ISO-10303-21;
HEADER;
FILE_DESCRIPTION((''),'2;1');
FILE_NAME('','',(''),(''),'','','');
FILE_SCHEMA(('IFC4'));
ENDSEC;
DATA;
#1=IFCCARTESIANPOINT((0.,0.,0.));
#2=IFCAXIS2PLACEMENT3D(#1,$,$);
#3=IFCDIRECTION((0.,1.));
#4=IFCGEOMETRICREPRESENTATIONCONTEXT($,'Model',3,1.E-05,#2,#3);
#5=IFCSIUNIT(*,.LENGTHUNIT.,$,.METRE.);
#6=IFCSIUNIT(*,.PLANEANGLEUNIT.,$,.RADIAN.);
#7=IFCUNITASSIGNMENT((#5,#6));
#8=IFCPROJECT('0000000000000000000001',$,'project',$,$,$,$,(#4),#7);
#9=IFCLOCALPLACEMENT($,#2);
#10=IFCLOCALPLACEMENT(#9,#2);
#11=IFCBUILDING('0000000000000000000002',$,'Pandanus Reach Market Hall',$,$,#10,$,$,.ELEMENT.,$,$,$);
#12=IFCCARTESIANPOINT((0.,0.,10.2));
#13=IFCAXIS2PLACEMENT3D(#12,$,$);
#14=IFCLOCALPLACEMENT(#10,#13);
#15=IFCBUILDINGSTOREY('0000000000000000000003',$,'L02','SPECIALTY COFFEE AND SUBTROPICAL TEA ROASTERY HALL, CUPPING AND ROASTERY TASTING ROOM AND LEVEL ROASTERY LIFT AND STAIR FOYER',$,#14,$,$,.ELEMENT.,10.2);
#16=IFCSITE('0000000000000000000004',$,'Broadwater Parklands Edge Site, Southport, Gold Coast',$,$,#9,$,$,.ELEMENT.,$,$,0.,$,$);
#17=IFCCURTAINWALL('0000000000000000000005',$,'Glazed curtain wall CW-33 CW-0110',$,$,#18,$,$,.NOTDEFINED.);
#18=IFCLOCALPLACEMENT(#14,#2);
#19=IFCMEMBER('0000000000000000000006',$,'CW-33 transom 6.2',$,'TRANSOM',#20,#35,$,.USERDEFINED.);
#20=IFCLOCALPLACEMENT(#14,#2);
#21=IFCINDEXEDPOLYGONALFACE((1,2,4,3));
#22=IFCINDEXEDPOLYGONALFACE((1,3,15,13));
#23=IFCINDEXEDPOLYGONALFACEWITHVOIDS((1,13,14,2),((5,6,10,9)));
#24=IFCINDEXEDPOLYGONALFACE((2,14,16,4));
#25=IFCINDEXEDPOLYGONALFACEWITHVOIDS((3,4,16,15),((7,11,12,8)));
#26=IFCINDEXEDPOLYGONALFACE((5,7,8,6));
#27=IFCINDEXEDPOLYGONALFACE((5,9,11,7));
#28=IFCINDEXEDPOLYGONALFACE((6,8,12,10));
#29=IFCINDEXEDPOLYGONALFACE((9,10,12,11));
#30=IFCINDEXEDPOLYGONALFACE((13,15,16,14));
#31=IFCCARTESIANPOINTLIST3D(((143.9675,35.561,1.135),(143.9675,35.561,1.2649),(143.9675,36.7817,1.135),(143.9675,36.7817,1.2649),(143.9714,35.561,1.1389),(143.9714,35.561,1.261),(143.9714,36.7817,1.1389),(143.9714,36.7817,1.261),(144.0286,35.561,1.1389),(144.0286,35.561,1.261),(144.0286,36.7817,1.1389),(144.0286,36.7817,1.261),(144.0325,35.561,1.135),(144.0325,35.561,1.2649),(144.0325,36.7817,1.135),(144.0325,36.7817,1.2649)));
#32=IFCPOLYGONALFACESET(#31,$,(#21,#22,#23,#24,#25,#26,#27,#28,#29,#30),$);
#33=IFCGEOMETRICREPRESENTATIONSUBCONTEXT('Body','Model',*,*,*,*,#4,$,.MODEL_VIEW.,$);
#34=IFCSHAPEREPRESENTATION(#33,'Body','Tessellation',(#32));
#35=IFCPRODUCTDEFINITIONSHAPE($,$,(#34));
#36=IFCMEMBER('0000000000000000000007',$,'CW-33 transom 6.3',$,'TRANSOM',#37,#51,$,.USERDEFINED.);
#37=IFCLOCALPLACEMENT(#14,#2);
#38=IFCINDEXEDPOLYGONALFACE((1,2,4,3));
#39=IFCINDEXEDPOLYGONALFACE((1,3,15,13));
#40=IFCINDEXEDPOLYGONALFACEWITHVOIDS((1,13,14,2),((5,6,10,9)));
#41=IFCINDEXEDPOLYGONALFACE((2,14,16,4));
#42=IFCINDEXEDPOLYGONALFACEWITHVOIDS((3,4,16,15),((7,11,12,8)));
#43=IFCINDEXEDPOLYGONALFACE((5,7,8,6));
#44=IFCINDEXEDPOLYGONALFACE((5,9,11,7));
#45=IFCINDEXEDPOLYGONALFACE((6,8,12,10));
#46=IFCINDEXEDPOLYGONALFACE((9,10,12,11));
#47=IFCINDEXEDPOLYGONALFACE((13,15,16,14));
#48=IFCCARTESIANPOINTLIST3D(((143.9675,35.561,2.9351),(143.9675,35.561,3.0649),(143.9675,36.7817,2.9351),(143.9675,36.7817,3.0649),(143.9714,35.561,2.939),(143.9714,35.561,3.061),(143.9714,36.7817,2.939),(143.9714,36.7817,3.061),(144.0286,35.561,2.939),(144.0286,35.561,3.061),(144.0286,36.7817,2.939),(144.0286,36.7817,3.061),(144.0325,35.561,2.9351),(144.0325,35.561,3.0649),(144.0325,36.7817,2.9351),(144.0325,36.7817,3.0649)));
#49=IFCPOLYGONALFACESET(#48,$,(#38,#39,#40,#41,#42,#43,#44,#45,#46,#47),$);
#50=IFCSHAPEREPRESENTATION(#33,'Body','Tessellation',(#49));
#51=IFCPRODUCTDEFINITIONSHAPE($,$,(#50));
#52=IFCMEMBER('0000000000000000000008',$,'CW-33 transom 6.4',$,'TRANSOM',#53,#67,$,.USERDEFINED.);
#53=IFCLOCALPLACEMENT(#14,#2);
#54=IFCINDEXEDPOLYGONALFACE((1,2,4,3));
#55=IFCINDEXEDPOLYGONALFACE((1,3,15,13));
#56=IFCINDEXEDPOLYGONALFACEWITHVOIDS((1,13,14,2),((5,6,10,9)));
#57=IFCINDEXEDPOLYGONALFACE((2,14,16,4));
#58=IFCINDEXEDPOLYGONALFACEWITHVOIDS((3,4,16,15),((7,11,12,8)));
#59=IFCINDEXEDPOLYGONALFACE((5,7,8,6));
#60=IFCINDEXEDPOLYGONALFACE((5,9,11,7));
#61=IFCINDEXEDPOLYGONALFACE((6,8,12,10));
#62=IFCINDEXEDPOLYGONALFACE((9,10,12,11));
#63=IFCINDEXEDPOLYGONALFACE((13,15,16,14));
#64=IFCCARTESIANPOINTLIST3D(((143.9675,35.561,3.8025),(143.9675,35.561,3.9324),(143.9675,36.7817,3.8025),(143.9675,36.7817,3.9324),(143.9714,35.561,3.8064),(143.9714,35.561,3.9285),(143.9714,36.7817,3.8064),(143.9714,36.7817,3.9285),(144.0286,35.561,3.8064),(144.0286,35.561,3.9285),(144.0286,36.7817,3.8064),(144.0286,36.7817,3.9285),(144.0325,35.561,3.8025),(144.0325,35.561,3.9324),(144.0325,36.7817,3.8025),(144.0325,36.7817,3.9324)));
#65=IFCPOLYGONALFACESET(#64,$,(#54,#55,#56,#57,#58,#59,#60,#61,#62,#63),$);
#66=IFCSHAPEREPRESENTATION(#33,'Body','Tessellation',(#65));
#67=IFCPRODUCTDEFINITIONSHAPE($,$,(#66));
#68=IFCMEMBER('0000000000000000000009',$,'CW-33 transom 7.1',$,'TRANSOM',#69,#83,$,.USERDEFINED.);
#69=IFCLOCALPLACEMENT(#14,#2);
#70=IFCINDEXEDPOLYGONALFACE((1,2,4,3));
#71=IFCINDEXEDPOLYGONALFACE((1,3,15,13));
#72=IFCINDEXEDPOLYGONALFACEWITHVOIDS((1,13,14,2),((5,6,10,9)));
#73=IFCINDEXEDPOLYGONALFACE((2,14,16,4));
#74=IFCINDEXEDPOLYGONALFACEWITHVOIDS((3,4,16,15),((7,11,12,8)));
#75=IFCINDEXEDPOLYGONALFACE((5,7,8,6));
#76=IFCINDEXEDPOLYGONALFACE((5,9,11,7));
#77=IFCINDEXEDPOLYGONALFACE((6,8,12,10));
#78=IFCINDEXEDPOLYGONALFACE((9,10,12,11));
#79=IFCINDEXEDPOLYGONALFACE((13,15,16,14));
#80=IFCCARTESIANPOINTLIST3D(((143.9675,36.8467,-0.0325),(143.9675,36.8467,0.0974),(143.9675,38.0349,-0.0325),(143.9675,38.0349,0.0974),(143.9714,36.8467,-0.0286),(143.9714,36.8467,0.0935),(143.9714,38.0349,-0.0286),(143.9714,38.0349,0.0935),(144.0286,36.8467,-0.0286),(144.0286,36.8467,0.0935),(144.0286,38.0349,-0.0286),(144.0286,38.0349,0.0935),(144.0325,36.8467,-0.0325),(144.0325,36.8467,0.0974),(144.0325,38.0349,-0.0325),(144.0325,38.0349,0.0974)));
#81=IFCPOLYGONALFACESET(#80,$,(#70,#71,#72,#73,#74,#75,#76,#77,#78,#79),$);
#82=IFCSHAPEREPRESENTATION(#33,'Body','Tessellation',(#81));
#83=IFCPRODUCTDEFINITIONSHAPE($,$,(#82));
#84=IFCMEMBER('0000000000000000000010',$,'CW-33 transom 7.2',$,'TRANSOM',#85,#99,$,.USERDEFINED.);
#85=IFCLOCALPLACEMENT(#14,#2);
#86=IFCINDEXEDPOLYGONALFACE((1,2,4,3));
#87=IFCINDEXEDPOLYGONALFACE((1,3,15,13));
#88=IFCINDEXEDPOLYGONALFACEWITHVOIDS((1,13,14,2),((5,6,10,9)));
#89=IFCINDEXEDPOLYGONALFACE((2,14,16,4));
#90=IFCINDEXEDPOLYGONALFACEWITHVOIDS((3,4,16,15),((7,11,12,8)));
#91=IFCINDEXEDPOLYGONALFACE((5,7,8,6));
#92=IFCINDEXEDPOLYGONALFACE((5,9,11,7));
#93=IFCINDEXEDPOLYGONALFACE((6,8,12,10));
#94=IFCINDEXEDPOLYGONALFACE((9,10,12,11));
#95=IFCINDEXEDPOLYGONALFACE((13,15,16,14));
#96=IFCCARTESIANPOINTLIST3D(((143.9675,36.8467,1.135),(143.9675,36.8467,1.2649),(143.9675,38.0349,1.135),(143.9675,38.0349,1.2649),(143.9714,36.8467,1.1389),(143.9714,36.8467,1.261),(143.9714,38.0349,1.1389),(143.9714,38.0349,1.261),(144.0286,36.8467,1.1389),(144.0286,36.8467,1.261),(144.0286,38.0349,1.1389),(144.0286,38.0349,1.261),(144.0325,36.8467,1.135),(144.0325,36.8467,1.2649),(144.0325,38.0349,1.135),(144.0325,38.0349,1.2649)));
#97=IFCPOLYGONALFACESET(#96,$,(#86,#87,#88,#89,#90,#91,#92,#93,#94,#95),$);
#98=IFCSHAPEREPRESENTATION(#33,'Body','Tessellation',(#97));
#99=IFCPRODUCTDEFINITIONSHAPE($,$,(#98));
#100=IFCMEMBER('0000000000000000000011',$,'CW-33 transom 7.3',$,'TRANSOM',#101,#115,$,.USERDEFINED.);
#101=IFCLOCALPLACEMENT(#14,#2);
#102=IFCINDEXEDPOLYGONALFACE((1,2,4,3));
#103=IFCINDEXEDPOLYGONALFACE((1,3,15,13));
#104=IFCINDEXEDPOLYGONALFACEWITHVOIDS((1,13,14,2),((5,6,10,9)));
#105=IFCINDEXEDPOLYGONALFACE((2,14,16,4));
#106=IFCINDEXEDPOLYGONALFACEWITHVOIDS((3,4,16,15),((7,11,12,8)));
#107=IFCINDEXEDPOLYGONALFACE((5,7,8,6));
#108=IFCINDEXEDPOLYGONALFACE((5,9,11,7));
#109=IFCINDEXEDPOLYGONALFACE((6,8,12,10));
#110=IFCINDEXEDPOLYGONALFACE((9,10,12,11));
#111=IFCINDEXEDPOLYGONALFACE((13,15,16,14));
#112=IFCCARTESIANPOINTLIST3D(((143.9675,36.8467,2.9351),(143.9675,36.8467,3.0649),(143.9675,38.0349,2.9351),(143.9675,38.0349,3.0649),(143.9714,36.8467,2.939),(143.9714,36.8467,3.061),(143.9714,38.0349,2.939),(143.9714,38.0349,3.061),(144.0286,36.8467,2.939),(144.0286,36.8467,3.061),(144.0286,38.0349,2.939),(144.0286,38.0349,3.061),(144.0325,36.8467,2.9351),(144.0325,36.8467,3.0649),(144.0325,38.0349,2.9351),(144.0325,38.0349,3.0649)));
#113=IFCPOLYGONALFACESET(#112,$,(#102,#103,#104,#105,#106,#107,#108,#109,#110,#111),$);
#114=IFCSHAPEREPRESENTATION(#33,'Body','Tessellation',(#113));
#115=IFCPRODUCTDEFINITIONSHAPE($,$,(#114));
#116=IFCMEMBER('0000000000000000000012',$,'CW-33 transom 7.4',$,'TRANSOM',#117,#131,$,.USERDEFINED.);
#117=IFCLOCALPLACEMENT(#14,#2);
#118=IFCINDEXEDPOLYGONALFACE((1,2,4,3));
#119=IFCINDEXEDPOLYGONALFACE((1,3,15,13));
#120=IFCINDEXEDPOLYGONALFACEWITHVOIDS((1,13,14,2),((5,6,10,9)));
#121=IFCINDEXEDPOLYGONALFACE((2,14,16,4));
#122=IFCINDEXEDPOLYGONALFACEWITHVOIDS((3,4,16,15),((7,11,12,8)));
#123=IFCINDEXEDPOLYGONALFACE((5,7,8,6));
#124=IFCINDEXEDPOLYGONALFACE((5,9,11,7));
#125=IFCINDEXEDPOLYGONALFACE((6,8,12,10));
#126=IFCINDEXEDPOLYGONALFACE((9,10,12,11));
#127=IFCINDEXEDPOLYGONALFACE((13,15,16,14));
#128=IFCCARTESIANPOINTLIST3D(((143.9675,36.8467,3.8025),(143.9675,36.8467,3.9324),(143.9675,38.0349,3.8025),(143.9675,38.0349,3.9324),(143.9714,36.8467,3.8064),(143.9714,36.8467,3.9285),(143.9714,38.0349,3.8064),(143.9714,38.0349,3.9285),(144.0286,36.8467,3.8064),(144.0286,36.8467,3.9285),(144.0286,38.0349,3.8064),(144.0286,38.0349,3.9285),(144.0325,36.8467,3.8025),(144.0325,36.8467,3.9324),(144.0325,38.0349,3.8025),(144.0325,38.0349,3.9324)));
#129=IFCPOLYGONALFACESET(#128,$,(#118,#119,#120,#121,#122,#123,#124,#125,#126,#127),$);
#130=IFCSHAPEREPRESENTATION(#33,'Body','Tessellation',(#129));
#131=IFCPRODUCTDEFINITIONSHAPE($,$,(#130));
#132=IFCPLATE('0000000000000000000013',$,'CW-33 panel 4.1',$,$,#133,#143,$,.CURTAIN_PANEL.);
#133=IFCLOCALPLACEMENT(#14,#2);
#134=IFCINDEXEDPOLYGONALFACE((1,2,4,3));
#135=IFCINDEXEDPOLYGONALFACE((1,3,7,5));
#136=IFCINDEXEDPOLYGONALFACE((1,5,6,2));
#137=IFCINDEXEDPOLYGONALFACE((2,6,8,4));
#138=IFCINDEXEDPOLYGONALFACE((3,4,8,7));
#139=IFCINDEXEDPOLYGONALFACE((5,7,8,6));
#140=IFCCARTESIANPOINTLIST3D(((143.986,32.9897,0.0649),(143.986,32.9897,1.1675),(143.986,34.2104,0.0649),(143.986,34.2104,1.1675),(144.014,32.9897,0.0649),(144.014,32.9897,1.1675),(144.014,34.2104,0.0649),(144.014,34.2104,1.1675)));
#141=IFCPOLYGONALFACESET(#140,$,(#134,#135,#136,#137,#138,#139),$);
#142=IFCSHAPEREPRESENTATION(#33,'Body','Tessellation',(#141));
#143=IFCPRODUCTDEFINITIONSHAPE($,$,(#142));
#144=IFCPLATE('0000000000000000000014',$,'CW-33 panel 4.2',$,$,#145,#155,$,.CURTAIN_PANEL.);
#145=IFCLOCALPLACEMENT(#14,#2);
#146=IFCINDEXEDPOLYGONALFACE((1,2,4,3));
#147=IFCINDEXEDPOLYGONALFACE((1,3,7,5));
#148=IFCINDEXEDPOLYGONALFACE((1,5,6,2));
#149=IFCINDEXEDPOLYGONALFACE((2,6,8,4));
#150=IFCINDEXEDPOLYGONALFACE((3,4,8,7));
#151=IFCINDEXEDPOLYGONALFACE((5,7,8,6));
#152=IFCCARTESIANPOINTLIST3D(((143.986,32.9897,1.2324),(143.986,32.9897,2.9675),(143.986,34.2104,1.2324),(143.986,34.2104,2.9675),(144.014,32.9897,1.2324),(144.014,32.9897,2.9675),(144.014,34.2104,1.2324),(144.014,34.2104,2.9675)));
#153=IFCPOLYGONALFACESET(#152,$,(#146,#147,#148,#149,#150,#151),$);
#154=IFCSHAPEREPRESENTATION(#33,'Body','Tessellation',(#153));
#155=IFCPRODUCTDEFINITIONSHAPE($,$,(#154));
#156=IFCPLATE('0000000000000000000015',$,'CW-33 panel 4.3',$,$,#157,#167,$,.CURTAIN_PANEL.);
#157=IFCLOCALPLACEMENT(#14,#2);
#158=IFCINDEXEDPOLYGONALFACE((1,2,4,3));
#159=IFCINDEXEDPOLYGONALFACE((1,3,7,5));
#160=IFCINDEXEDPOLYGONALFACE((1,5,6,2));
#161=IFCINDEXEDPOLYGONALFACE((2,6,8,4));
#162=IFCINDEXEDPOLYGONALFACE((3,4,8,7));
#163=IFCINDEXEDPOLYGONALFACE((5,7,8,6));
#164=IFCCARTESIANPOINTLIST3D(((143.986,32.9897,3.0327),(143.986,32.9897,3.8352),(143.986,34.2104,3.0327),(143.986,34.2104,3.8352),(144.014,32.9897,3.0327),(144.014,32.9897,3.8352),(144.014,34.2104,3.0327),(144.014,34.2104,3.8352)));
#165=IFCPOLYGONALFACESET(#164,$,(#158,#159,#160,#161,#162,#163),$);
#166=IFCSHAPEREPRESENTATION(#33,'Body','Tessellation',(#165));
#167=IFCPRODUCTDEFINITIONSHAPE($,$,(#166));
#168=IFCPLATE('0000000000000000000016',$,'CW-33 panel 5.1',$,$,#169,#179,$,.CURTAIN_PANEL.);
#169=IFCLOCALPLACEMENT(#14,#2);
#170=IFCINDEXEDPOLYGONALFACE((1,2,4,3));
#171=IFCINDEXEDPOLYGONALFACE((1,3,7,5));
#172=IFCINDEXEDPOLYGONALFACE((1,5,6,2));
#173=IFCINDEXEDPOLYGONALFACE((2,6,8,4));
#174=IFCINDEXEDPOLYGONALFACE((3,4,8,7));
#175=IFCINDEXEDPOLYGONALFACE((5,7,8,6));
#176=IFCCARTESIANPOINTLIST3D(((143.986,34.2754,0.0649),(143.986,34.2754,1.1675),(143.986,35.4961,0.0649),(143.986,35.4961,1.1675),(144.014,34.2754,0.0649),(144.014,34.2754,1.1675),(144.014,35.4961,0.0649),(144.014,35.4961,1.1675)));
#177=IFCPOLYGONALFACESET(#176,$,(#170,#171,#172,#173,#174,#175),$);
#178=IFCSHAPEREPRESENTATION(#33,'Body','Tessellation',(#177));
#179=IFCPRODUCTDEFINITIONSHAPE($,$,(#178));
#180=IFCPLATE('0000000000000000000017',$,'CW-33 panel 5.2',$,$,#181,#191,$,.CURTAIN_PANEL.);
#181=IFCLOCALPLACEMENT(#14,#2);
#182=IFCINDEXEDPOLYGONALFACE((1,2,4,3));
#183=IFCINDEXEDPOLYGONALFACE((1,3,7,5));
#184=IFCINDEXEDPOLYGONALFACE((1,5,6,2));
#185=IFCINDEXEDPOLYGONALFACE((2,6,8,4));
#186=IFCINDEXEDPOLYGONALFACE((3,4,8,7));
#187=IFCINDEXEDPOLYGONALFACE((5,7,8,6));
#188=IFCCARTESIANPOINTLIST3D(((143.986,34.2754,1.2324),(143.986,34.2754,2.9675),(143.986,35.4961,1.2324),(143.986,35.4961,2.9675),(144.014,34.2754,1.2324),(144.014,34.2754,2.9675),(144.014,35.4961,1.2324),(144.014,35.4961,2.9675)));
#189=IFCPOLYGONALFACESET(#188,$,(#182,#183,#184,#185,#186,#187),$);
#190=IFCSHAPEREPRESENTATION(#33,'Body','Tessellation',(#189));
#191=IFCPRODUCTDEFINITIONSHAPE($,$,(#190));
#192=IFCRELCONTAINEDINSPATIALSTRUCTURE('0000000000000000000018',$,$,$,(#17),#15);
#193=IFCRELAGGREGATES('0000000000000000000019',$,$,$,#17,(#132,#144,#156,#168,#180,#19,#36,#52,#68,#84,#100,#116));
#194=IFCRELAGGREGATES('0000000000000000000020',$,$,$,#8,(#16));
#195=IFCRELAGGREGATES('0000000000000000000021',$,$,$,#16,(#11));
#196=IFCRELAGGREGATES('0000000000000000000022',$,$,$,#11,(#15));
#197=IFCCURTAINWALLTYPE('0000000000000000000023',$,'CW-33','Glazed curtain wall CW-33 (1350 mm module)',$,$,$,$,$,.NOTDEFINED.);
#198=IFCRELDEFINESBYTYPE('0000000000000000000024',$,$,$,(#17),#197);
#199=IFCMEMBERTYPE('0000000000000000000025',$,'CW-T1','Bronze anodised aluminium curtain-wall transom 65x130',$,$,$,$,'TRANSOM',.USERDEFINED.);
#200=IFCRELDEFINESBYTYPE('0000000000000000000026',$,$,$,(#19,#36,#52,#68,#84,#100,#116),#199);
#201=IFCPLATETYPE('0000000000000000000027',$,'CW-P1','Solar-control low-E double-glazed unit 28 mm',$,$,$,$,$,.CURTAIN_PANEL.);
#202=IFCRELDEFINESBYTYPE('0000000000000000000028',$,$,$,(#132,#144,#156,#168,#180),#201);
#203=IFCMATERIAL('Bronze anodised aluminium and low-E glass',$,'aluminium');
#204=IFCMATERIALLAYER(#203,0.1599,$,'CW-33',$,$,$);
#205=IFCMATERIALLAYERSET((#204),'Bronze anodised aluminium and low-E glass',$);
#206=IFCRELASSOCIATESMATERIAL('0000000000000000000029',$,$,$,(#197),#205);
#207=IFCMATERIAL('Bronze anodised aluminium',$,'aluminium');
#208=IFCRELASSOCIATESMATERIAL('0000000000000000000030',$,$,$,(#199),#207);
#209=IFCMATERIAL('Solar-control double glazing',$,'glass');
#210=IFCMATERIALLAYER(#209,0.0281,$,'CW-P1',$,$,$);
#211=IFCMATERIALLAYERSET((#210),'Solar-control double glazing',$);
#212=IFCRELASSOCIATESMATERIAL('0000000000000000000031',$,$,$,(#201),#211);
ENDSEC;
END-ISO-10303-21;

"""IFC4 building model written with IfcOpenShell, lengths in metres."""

from ifc_helpers import new_model, si_unit, direction, frame, origin, origin_2d, place, context, subcontext, project, spatial, rectangle, hollow_rectangle, extrude, material, layer, layer_set, material_profile, profile_set, type_object, element, aggregate, save


model = new_model("IFC4")

# Units and contexts
model_context = context("Model", 3, precision=1e-05, world=origin(), true_north=direction((0.0, 1.0)))
body_context = subcontext(model_context, "Body", "Model", "MODEL_VIEW")
ifc_project = project(units=[si_unit("LENGTHUNIT", "METRE"), si_unit("PLANEANGLEUNIT", "RADIAN")], contexts=[model_context])

# Site, building, storey
site_placement = place(None, origin())
site = spatial("IfcSite", under=ifc_project, at=site_placement, Name="Broadwater Parklands Edge Site, Southport, Gold Coast", CompositionType="ELEMENT", RefElevation=0.0)
building_placement = place(site_placement, origin())
building = spatial("IfcBuilding", under=site, at=building_placement, Name="Pandanus Reach Market Hall", CompositionType="ELEMENT")
storey_placement = place(building_placement, frame((0.0, 0.0, 10.2)))
storey = spatial("IfcBuildingStorey", under=building, at=storey_placement, Name="L02", Description="SPECIALTY COFFEE AND SUBTROPICAL TEA ROASTERY HALL, CUPPING AND ROASTERY TASTING ROOM AND LEVEL ROASTERY LIFT AND STAIR FOYER", CompositionType="ELEMENT", Elevation=10.2)

# Curtain wall, members, plates
ifc_material_1 = material(Name="Bronze anodised aluminium and low-E glass", Category="aluminium")
ifc_layer_1 = layer(ifc_material_1, 0.1599, Name="CW-33")
ifc_layer_set_1 = layer_set([ifc_layer_1], Name="Bronze anodised aluminium and low-E glass")
curtain_wall_type = type_object("IfcCurtainWallType", Name="CW-33", Description="Glazed curtain wall CW-33 (1350 mm module)", PredefinedType="NOTDEFINED", material=ifc_layer_set_1)
curtain_wall_placement = place(storey_placement, origin())
curtain_wall = element("IfcCurtainWall", 1, at=curtain_wall_placement, inside=storey, type_object=curtain_wall_type, Name="Glazed curtain wall CW-33 CW-0110", PredefinedType="NOTDEFINED")
ifc_material_2 = material(Name="Bronze anodised aluminium", Category="aluminium")
ifc_material_profile_1 = material_profile(ifc_material_2, hollow_rectangle(XDim=0.0649, YDim=0.1299, WallThickness=0.0039, at=origin_2d()), Name="ALU65x130", Category="LoadBearing")
ifc_profile_set_1 = profile_set([ifc_material_profile_1], Name="Bronze anodised aluminium")
member_type_1 = type_object("IfcMemberType", Name="CW-T1", Description="Bronze anodised aluminium curtain-wall transom 65x130", ElementType="TRANSOM", PredefinedType="USERDEFINED", material=ifc_profile_set_1)
member_1_placement = place(storey_placement, frame((144.0, 35.561, 1.2), z_axis=(0.0, 1.0, 0.0), x_axis=(-1.0, 0.0, 0.0)))
member_1 = element("IfcMember", 2, at=member_1_placement, type_object=member_type_1, Name="CW-33 transom 6.2", ObjectType="TRANSOM", PredefinedType="USERDEFINED", context=body_context, shape_type="SweptSolid", body=[
    extrude(hollow_rectangle(XDim=0.0649, YDim=0.1299, WallThickness=0.0039, at=origin_2d()), origin(), (0.0, 0.0, 1.0), 1.2207),
])
member_2_placement = place(storey_placement, frame((144.0, 35.561, 3.0), z_axis=(0.0, 1.0, 0.0), x_axis=(-1.0, 0.0, 0.0)))
member_2 = element("IfcMember", 3, at=member_2_placement, type_object=member_type_1, Name="CW-33 transom 6.3", ObjectType="TRANSOM", PredefinedType="USERDEFINED", context=body_context, shape_type="SweptSolid", body=[
    extrude(hollow_rectangle(XDim=0.0649, YDim=0.1299, WallThickness=0.0039, at=origin_2d()), origin(), (0.0, 0.0, 1.0), 1.2207),
])
member_3_placement = place(storey_placement, frame((144.0, 35.561, 3.8674), z_axis=(0.0, 1.0, 0.0), x_axis=(-1.0, 0.0, 0.0)))
member_3 = element("IfcMember", 4, at=member_3_placement, type_object=member_type_1, Name="CW-33 transom 6.4", ObjectType="TRANSOM", PredefinedType="USERDEFINED", context=body_context, shape_type="SweptSolid", body=[
    extrude(hollow_rectangle(XDim=0.0649, YDim=0.1299, WallThickness=0.0039, at=origin_2d()), origin(), (0.0, 0.0, 1.0), 1.2207),
])
member_4_placement = place(storey_placement, frame((144.0, 36.8467, 0.0325), z_axis=(0.0, 1.0, 0.0), x_axis=(-1.0, 0.0, 0.0)))
member_4 = element("IfcMember", 5, at=member_4_placement, type_object=member_type_1, Name="CW-33 transom 7.1", ObjectType="TRANSOM", PredefinedType="USERDEFINED", context=body_context, shape_type="SweptSolid", body=[
    extrude(hollow_rectangle(XDim=0.0649, YDim=0.1299, WallThickness=0.0039, at=origin_2d()), origin(), (0.0, 0.0, 1.0), 1.1882),
])
member_5_placement = place(storey_placement, frame((144.0, 36.8467, 1.2), z_axis=(0.0, 1.0, 0.0), x_axis=(-1.0, 0.0, 0.0)))
member_5 = element("IfcMember", 6, at=member_5_placement, type_object=member_type_1, Name="CW-33 transom 7.2", ObjectType="TRANSOM", PredefinedType="USERDEFINED", context=body_context, shape_type="SweptSolid", body=[
    extrude(hollow_rectangle(XDim=0.0649, YDim=0.1299, WallThickness=0.0039, at=origin_2d()), origin(), (0.0, 0.0, 1.0), 1.1882),
])
member_6_placement = place(storey_placement, frame((144.0, 36.8467, 3.0), z_axis=(0.0, 1.0, 0.0), x_axis=(-1.0, 0.0, 0.0)))
member_6 = element("IfcMember", 7, at=member_6_placement, type_object=member_type_1, Name="CW-33 transom 7.3", ObjectType="TRANSOM", PredefinedType="USERDEFINED", context=body_context, shape_type="SweptSolid", body=[
    extrude(hollow_rectangle(XDim=0.0649, YDim=0.1299, WallThickness=0.0039, at=origin_2d()), origin(), (0.0, 0.0, 1.0), 1.1882),
])
member_7_placement = place(storey_placement, frame((144.0, 36.8467, 3.8674), z_axis=(0.0, 1.0, 0.0), x_axis=(-1.0, 0.0, 0.0)))
member_7 = element("IfcMember", 8, at=member_7_placement, type_object=member_type_1, Name="CW-33 transom 7.4", ObjectType="TRANSOM", PredefinedType="USERDEFINED", context=body_context, shape_type="SweptSolid", body=[
    extrude(hollow_rectangle(XDim=0.0649, YDim=0.1299, WallThickness=0.0039, at=origin_2d()), origin(), (0.0, 0.0, 1.0), 1.1882),
])
ifc_material_3 = material(Name="Solar-control double glazing", Category="glass")
ifc_layer_2 = layer(ifc_material_3, 0.0281, Name="CW-P1")
ifc_layer_set_2 = layer_set([ifc_layer_2], Name="Solar-control double glazing")
plate_type = type_object("IfcPlateType", Name="CW-P1", Description="Solar-control low-E double-glazed unit 28 mm", PredefinedType="CURTAIN_PANEL", material=ifc_layer_set_2)
plate_1_placement = place(storey_placement, frame((144.0, 33.6001, 0.0649), z_axis=(0.0, 0.0, 1.0), x_axis=(0.0, 1.0, 0.0)))
plate_1 = element("IfcPlate", 9, at=plate_1_placement, type_object=plate_type, Name="CW-33 panel 4.1", PredefinedType="CURTAIN_PANEL", context=body_context, shape_type="SweptSolid", body=[
    extrude(rectangle(XDim=1.2207, YDim=0.0281, at=origin_2d()), origin(), (0.0, 0.0, 1.0), 1.1025),
])
plate_2_placement = place(storey_placement, frame((144.0, 33.6001, 1.2324), z_axis=(0.0, 0.0, 1.0), x_axis=(0.0, 1.0, 0.0)))
plate_2 = element("IfcPlate", 10, at=plate_2_placement, type_object=plate_type, Name="CW-33 panel 4.2", PredefinedType="CURTAIN_PANEL", context=body_context, shape_type="SweptSolid", body=[
    extrude(rectangle(XDim=1.2207, YDim=0.0281, at=origin_2d()), origin(), (0.0, 0.0, 1.0), 1.7351),
])
plate_3_placement = place(storey_placement, frame((144.0, 33.6001, 3.0327), z_axis=(0.0, 0.0, 1.0), x_axis=(0.0, 1.0, 0.0)))
plate_3 = element("IfcPlate", 11, at=plate_3_placement, type_object=plate_type, Name="CW-33 panel 4.3", PredefinedType="CURTAIN_PANEL", context=body_context, shape_type="SweptSolid", body=[
    extrude(rectangle(XDim=1.2207, YDim=0.0281, at=origin_2d()), origin(), (0.0, 0.0, 1.0), 0.8025),
])
plate_4_placement = place(storey_placement, frame((144.0, 34.8857, 0.0649), z_axis=(0.0, 0.0, 1.0), x_axis=(0.0, 1.0, 0.0)))
plate_4 = element("IfcPlate", 12, at=plate_4_placement, type_object=plate_type, Name="CW-33 panel 5.1", PredefinedType="CURTAIN_PANEL", context=body_context, shape_type="SweptSolid", body=[
    extrude(rectangle(XDim=1.2207, YDim=0.0281, at=origin_2d()), origin(), (0.0, 0.0, 1.0), 1.1025),
])
plate_5_placement = place(storey_placement, frame((144.0, 34.8857, 1.2324), z_axis=(0.0, 0.0, 1.0), x_axis=(0.0, 1.0, 0.0)))
plate_5 = element("IfcPlate", 13, at=plate_5_placement, type_object=plate_type, Name="CW-33 panel 5.2", PredefinedType="CURTAIN_PANEL", context=body_context, shape_type="SweptSolid", body=[
    extrude(rectangle(XDim=1.2207, YDim=0.0281, at=origin_2d()), origin(), (0.0, 0.0, 1.0), 1.7351),
])
aggregate(curtain_wall, [plate_1, plate_2, plate_3, plate_4, plate_5, member_1, member_2, member_3, member_4, member_5, member_6, member_7])

save(model, "model.ifc")
